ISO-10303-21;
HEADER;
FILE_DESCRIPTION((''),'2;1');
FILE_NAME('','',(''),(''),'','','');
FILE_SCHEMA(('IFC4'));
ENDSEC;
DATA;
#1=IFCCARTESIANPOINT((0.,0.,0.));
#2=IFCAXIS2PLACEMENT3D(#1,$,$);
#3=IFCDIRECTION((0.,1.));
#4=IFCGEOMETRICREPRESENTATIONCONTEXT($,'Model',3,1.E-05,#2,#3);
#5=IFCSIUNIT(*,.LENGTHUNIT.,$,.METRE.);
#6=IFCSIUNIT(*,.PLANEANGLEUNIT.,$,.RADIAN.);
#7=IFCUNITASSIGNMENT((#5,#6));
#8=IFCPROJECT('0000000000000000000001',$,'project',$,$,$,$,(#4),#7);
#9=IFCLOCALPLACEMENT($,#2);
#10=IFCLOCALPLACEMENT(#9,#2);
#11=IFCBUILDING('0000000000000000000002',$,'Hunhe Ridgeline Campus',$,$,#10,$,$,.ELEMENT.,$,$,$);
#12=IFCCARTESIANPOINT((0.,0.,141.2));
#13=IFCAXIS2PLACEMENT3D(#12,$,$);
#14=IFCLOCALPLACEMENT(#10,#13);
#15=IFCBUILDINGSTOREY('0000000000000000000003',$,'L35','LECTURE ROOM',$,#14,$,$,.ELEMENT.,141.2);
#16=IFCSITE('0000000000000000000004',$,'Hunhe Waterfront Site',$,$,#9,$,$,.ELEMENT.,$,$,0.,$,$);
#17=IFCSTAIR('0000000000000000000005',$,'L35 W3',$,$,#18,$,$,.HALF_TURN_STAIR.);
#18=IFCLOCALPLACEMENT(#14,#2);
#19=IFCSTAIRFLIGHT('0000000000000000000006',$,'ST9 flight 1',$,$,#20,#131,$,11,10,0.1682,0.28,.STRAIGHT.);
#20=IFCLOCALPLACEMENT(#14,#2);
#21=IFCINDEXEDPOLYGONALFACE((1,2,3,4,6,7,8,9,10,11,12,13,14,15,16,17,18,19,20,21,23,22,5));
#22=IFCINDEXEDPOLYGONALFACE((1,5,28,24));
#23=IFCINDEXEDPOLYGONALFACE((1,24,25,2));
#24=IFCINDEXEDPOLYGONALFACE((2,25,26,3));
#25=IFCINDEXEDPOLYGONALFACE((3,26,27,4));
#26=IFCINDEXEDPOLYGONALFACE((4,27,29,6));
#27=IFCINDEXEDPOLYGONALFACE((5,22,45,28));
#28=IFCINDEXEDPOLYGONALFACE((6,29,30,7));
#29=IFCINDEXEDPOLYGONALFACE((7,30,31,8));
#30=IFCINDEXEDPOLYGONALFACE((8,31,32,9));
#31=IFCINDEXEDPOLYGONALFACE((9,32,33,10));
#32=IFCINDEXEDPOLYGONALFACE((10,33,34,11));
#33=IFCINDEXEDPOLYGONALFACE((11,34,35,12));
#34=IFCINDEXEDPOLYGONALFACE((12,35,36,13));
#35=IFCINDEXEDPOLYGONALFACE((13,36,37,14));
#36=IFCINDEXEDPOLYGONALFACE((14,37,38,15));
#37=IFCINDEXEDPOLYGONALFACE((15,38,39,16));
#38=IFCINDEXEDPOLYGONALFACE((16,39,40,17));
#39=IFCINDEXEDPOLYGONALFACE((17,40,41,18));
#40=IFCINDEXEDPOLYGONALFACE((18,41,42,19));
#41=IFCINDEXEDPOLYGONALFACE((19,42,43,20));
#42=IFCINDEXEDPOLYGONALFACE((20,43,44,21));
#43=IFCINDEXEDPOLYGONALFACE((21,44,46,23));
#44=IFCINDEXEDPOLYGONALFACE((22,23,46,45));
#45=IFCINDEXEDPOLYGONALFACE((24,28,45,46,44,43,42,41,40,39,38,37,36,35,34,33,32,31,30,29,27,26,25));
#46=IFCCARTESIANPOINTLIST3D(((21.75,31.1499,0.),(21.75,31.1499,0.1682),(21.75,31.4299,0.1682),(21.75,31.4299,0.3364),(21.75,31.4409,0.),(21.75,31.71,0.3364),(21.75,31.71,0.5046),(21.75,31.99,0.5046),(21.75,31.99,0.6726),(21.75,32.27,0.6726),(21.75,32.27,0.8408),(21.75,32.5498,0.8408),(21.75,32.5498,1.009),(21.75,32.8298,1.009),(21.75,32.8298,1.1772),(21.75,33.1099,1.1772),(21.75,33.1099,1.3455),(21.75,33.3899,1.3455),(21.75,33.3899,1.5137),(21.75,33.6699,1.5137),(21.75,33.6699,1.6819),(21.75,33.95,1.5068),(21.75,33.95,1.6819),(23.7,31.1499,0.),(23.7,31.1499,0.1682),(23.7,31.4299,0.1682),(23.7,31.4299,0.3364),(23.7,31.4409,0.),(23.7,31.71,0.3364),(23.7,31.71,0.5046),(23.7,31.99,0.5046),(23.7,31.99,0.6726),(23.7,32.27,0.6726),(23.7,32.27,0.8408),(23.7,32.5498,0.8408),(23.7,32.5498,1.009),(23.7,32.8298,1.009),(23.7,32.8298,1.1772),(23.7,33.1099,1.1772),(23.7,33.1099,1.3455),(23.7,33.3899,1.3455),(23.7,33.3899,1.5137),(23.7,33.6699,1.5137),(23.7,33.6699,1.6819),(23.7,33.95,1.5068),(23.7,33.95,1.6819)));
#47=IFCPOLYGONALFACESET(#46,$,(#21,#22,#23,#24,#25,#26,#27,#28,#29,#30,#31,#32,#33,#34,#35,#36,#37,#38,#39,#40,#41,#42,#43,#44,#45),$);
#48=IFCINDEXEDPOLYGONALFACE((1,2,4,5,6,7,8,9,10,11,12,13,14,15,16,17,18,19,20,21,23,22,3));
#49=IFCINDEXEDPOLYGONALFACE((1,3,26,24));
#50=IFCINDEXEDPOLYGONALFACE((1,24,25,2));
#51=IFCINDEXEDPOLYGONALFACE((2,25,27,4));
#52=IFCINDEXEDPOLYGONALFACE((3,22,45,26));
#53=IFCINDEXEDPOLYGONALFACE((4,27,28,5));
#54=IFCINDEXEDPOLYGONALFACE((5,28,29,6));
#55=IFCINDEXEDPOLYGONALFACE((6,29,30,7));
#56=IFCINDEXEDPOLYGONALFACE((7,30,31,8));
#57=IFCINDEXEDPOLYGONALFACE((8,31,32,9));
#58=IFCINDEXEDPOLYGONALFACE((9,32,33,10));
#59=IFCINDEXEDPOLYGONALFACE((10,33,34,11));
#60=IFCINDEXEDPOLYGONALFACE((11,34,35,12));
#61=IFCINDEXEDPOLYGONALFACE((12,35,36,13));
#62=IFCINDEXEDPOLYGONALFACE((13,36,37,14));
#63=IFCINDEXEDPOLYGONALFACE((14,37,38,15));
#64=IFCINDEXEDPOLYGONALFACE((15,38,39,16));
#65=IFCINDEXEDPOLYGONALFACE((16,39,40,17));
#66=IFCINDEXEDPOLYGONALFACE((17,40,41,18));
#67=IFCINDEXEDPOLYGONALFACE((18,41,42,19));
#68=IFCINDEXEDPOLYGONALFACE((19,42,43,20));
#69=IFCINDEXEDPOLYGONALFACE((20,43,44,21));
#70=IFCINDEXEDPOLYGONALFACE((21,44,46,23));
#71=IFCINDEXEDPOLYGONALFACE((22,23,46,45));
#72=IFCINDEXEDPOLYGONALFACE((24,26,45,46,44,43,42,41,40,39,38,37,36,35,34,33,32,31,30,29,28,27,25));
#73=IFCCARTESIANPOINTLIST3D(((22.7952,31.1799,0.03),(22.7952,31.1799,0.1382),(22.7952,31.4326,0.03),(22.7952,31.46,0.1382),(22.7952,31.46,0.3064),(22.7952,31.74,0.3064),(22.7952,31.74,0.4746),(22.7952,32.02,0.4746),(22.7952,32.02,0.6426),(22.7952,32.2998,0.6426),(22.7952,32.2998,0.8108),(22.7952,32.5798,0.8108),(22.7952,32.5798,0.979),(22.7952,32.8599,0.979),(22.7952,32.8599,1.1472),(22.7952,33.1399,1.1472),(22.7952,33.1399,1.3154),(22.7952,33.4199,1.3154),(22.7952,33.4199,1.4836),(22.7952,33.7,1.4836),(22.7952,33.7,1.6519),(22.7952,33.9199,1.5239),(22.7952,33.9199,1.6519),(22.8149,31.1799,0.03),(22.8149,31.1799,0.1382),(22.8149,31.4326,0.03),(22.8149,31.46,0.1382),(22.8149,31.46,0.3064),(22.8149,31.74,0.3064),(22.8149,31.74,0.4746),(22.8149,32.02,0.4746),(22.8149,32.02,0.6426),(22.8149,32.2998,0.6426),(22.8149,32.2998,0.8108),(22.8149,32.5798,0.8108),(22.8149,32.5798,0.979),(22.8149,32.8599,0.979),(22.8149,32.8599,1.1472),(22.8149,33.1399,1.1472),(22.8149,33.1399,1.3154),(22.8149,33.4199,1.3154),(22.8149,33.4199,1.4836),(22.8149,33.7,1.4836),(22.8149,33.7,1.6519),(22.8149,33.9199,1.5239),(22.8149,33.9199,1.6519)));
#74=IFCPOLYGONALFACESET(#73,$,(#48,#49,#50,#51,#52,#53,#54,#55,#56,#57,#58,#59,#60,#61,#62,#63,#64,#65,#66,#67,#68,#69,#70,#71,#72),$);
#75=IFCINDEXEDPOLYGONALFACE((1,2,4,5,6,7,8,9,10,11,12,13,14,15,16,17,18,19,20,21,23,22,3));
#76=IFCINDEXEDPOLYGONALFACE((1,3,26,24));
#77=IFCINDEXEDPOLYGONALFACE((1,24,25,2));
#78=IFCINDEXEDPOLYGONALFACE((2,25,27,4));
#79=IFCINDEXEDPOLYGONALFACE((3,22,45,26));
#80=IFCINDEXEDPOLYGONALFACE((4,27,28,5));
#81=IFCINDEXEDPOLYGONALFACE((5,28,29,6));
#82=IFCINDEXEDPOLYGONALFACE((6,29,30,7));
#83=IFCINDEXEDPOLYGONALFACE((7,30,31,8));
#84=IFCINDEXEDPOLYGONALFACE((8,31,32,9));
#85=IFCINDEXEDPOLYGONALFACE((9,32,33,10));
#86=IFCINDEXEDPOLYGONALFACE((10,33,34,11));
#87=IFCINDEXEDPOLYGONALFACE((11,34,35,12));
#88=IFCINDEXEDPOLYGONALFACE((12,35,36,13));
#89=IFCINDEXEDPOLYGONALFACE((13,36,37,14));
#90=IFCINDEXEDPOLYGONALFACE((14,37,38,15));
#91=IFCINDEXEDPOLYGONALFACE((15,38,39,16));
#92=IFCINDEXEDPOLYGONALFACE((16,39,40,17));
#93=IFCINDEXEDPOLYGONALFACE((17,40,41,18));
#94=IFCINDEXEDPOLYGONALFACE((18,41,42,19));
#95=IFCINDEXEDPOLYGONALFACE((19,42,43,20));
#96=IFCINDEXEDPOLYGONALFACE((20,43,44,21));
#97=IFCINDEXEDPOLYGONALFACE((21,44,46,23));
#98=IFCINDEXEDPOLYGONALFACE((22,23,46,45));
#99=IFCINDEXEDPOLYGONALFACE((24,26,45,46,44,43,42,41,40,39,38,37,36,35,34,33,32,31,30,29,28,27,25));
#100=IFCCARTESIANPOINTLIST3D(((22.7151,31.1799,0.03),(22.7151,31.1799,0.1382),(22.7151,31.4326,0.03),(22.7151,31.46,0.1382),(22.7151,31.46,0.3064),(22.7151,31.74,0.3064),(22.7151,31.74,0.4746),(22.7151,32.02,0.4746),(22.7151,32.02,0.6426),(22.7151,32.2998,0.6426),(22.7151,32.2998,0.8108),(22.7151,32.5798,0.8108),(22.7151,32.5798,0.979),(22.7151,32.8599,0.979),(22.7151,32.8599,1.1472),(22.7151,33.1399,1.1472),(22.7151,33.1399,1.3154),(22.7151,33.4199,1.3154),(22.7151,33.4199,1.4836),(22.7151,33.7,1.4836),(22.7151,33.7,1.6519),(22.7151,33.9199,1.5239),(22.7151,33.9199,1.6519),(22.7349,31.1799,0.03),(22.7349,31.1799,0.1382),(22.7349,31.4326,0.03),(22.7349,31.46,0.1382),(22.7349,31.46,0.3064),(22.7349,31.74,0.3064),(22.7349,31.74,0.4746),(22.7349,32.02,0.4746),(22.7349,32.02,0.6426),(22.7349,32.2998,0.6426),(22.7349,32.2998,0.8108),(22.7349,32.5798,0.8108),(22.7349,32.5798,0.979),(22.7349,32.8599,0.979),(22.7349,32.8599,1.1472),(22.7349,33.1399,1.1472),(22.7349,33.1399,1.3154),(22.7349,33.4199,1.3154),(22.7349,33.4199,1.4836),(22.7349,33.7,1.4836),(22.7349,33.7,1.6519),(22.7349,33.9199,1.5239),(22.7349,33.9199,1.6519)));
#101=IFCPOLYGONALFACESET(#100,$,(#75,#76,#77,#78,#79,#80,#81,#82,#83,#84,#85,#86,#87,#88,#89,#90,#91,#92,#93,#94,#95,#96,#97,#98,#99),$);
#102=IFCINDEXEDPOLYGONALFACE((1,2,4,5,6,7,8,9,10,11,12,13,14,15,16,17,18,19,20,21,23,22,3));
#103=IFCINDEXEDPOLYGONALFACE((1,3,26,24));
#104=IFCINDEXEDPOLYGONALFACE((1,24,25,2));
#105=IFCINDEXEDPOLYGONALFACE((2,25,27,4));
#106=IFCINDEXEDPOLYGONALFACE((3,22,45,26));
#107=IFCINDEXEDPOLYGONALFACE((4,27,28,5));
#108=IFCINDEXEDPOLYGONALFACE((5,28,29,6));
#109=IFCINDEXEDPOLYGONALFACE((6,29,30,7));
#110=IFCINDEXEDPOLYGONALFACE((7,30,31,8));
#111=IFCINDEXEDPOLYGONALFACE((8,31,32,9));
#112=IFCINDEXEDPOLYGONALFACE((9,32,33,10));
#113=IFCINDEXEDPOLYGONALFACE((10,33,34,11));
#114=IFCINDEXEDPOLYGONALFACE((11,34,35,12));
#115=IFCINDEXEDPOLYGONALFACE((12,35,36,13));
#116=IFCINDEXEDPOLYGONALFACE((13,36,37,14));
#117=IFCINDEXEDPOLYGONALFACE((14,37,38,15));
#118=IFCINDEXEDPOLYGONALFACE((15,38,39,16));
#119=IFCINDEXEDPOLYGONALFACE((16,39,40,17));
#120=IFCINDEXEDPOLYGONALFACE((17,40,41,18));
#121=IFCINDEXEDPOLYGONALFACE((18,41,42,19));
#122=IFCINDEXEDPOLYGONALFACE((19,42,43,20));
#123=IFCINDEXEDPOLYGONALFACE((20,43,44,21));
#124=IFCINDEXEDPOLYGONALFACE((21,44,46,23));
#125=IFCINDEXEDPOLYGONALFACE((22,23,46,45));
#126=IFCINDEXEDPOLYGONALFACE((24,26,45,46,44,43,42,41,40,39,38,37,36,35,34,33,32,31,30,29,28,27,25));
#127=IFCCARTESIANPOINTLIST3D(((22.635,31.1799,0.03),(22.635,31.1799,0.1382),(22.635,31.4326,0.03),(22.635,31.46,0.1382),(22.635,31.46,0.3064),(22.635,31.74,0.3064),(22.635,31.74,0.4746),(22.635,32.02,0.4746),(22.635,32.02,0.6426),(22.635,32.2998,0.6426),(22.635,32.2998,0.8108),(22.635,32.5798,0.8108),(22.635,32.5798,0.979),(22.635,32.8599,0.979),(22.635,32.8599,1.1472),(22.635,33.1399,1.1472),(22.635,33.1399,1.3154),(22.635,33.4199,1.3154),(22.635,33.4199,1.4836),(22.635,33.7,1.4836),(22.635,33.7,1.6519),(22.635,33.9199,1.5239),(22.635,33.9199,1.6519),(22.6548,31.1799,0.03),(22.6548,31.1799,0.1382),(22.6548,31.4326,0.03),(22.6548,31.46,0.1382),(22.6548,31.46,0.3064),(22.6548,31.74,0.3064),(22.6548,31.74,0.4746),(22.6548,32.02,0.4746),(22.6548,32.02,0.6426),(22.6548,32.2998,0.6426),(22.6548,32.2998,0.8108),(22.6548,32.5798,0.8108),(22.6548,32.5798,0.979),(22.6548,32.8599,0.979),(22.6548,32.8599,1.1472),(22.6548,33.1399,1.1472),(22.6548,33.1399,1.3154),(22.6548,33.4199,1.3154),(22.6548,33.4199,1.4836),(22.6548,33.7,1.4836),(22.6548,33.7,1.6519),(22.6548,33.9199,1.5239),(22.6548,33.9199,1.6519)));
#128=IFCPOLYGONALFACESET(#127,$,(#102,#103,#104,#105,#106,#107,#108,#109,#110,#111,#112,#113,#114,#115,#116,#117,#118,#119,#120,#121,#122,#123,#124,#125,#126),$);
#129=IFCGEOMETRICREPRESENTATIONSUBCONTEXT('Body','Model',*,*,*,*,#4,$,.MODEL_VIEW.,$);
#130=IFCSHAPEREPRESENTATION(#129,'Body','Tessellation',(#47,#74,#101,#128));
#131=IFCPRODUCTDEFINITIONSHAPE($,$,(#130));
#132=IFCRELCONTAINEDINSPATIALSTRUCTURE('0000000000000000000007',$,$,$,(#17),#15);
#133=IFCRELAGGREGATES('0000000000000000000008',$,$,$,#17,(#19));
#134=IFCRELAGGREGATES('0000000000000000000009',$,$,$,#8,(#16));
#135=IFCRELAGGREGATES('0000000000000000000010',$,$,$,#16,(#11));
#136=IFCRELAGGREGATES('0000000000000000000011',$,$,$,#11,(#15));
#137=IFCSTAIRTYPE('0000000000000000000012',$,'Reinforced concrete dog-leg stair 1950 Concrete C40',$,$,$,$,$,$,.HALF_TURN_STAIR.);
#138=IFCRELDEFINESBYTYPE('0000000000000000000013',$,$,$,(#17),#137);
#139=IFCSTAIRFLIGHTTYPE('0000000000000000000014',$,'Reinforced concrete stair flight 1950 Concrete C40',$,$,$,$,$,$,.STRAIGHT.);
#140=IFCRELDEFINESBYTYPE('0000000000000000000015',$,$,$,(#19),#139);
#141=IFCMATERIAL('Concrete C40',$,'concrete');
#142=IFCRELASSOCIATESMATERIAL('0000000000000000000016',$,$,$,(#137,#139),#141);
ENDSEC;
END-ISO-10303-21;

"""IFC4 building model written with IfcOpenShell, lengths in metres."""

from ifc_helpers import new_model, si_unit, direction, frame, origin, place, context, subcontext, project, spatial, polyline, outline, extrude, material, type_object, element, aggregate, save


model = new_model("IFC4")

# Units and contexts
model_context = context("Model", 3, precision=1e-05, world=origin(), true_north=direction((0.0, 1.0)))
body_context = subcontext(model_context, "Body", "Model", "MODEL_VIEW")
ifc_project = project(units=[si_unit("LENGTHUNIT", "METRE"), si_unit("PLANEANGLEUNIT", "RADIAN")], contexts=[model_context])

# Site, building, storey
site_placement = place(None, origin())
site = spatial("IfcSite", under=ifc_project, at=site_placement, Name="Hunhe Waterfront Site", CompositionType="ELEMENT", RefElevation=0.0)
building_placement = place(site_placement, origin())
building = spatial("IfcBuilding", under=site, at=building_placement, Name="Hunhe Ridgeline Campus", CompositionType="ELEMENT")
storey_placement = place(building_placement, frame((0.0, 0.0, 141.2)))
storey = spatial("IfcBuildingStorey", under=building, at=storey_placement, Name="L35", Description="LECTURE ROOM", CompositionType="ELEMENT", Elevation=141.2)

# Stair, stair flight
ifc_material_1 = material(Name="Concrete C40", Category="concrete")
stair_type = type_object("IfcStairType", Name="Reinforced concrete dog-leg stair 1950 Concrete C40", PredefinedType="HALF_TURN_STAIR", material=ifc_material_1)
stair_placement = place(storey_placement, origin())
stair = element("IfcStair", 1, at=stair_placement, inside=storey, type_object=stair_type, Name="L35 W3", PredefinedType="HALF_TURN_STAIR")
stair_flight_type = type_object("IfcStairFlightType", Name="Reinforced concrete stair flight 1950 Concrete C40", PredefinedType="STRAIGHT", material=ifc_material_1)
stair_flight_1_placement = place(storey_placement, frame((22.7251, 31.1499, 0.0), z_axis=(0.0, 0.0, 1.0), x_axis=(0.0, 1.0, 0.0)))
stair_flight_1 = element("IfcStairFlight", 2, at=stair_flight_1_placement, type_object=stair_flight_type, Name="ST9 flight 1", NumberOfRisers=11, NumberOfTreads=10, PredefinedType="STRAIGHT", RiserHeight=0.1682, TreadLength=0.28, context=body_context, shape_type="SweptSolid", body=[
    extrude(outline(polyline([(0.0, 0.0), (0.0, 0.1682), (0.28, 0.1682), (0.28, 0.3364), (0.5601, 0.3364), (0.5601, 0.5046), (0.8401, 0.5046), (0.8401, 0.6726), (1.1201, 0.6726), (1.1201, 0.8408), (1.3999, 0.8408), (1.3999, 1.009), (1.6799, 1.009), (1.6799, 1.1772), (1.96, 1.1772), (1.96, 1.3455), (2.24, 1.3455), (2.24, 1.5137), (2.52, 1.5137), (2.52, 1.6819), (2.8, 1.6819), (2.8, 1.8501), (2.8, 1.5068), (0.291, 0.0), (0.0, 0.0)])), frame((0.0, 0.9751, 0.0), z_axis=(0.0, -1.0, 0.0), x_axis=(1.0, 0.0, 0.0)), (0.0, 0.0, 1.0), 1.95),
    extrude(outline(polyline([(0.03, 0.03), (0.03, 0.1382), (0.3101, 0.1382), (0.3101, 0.3064), (0.5901, 0.3064), (0.5901, 0.4746), (0.8701, 0.4746), (0.8701, 0.6426), (1.1499, 0.6426), (1.1499, 0.8108), (1.4299, 0.8108), (1.4299, 0.979), (1.71, 0.979), (1.71, 1.1472), (1.99, 1.1472), (1.99, 1.3154), (2.27, 1.3154), (2.27, 1.4836), (2.55, 1.4836), (2.55, 1.6519), (2.77, 1.6519), (2.77, 1.5239), (0.2827, 0.03), (0.03, 0.03)])), frame((0.0, -0.0701, 0.0), z_axis=(0.0, -1.0, 0.0), x_axis=(1.0, 0.0, 0.0)), (0.0, 0.0, 1.0), 0.0198),
    extrude(outline(polyline([(0.03, 0.03), (0.03, 0.1382), (0.3101, 0.1382), (0.3101, 0.3064), (0.5901, 0.3064), (0.5901, 0.4746), (0.8701, 0.4746), (0.8701, 0.6426), (1.1499, 0.6426), (1.1499, 0.8108), (1.4299, 0.8108), (1.4299, 0.979), (1.71, 0.979), (1.71, 1.1472), (1.99, 1.1472), (1.99, 1.3154), (2.27, 1.3154), (2.27, 1.4836), (2.55, 1.4836), (2.55, 1.6519), (2.77, 1.6519), (2.77, 1.5239), (0.2827, 0.03), (0.03, 0.03)])), frame((0.0, 0.01, 0.0), z_axis=(0.0, -1.0, 0.0), x_axis=(1.0, 0.0, 0.0)), (0.0, 0.0, 1.0), 0.0198),
    extrude(outline(polyline([(0.03, 0.03), (0.03, 0.1382), (0.3101, 0.1382), (0.3101, 0.3064), (0.5901, 0.3064), (0.5901, 0.4746), (0.8701, 0.4746), (0.8701, 0.6426), (1.1499, 0.6426), (1.1499, 0.8108), (1.4299, 0.8108), (1.4299, 0.979), (1.71, 0.979), (1.71, 1.1472), (1.99, 1.1472), (1.99, 1.3154), (2.27, 1.3154), (2.27, 1.4836), (2.55, 1.4836), (2.55, 1.6519), (2.77, 1.6519), (2.77, 1.5239), (0.2827, 0.03), (0.03, 0.03)])), frame((0.0, 0.0901, 0.0), z_axis=(0.0, -1.0, 0.0), x_axis=(1.0, 0.0, 0.0)), (0.0, 0.0, 1.0), 0.0198),
])
aggregate(stair, [stair_flight_1])

save(model, "model.ifc")
